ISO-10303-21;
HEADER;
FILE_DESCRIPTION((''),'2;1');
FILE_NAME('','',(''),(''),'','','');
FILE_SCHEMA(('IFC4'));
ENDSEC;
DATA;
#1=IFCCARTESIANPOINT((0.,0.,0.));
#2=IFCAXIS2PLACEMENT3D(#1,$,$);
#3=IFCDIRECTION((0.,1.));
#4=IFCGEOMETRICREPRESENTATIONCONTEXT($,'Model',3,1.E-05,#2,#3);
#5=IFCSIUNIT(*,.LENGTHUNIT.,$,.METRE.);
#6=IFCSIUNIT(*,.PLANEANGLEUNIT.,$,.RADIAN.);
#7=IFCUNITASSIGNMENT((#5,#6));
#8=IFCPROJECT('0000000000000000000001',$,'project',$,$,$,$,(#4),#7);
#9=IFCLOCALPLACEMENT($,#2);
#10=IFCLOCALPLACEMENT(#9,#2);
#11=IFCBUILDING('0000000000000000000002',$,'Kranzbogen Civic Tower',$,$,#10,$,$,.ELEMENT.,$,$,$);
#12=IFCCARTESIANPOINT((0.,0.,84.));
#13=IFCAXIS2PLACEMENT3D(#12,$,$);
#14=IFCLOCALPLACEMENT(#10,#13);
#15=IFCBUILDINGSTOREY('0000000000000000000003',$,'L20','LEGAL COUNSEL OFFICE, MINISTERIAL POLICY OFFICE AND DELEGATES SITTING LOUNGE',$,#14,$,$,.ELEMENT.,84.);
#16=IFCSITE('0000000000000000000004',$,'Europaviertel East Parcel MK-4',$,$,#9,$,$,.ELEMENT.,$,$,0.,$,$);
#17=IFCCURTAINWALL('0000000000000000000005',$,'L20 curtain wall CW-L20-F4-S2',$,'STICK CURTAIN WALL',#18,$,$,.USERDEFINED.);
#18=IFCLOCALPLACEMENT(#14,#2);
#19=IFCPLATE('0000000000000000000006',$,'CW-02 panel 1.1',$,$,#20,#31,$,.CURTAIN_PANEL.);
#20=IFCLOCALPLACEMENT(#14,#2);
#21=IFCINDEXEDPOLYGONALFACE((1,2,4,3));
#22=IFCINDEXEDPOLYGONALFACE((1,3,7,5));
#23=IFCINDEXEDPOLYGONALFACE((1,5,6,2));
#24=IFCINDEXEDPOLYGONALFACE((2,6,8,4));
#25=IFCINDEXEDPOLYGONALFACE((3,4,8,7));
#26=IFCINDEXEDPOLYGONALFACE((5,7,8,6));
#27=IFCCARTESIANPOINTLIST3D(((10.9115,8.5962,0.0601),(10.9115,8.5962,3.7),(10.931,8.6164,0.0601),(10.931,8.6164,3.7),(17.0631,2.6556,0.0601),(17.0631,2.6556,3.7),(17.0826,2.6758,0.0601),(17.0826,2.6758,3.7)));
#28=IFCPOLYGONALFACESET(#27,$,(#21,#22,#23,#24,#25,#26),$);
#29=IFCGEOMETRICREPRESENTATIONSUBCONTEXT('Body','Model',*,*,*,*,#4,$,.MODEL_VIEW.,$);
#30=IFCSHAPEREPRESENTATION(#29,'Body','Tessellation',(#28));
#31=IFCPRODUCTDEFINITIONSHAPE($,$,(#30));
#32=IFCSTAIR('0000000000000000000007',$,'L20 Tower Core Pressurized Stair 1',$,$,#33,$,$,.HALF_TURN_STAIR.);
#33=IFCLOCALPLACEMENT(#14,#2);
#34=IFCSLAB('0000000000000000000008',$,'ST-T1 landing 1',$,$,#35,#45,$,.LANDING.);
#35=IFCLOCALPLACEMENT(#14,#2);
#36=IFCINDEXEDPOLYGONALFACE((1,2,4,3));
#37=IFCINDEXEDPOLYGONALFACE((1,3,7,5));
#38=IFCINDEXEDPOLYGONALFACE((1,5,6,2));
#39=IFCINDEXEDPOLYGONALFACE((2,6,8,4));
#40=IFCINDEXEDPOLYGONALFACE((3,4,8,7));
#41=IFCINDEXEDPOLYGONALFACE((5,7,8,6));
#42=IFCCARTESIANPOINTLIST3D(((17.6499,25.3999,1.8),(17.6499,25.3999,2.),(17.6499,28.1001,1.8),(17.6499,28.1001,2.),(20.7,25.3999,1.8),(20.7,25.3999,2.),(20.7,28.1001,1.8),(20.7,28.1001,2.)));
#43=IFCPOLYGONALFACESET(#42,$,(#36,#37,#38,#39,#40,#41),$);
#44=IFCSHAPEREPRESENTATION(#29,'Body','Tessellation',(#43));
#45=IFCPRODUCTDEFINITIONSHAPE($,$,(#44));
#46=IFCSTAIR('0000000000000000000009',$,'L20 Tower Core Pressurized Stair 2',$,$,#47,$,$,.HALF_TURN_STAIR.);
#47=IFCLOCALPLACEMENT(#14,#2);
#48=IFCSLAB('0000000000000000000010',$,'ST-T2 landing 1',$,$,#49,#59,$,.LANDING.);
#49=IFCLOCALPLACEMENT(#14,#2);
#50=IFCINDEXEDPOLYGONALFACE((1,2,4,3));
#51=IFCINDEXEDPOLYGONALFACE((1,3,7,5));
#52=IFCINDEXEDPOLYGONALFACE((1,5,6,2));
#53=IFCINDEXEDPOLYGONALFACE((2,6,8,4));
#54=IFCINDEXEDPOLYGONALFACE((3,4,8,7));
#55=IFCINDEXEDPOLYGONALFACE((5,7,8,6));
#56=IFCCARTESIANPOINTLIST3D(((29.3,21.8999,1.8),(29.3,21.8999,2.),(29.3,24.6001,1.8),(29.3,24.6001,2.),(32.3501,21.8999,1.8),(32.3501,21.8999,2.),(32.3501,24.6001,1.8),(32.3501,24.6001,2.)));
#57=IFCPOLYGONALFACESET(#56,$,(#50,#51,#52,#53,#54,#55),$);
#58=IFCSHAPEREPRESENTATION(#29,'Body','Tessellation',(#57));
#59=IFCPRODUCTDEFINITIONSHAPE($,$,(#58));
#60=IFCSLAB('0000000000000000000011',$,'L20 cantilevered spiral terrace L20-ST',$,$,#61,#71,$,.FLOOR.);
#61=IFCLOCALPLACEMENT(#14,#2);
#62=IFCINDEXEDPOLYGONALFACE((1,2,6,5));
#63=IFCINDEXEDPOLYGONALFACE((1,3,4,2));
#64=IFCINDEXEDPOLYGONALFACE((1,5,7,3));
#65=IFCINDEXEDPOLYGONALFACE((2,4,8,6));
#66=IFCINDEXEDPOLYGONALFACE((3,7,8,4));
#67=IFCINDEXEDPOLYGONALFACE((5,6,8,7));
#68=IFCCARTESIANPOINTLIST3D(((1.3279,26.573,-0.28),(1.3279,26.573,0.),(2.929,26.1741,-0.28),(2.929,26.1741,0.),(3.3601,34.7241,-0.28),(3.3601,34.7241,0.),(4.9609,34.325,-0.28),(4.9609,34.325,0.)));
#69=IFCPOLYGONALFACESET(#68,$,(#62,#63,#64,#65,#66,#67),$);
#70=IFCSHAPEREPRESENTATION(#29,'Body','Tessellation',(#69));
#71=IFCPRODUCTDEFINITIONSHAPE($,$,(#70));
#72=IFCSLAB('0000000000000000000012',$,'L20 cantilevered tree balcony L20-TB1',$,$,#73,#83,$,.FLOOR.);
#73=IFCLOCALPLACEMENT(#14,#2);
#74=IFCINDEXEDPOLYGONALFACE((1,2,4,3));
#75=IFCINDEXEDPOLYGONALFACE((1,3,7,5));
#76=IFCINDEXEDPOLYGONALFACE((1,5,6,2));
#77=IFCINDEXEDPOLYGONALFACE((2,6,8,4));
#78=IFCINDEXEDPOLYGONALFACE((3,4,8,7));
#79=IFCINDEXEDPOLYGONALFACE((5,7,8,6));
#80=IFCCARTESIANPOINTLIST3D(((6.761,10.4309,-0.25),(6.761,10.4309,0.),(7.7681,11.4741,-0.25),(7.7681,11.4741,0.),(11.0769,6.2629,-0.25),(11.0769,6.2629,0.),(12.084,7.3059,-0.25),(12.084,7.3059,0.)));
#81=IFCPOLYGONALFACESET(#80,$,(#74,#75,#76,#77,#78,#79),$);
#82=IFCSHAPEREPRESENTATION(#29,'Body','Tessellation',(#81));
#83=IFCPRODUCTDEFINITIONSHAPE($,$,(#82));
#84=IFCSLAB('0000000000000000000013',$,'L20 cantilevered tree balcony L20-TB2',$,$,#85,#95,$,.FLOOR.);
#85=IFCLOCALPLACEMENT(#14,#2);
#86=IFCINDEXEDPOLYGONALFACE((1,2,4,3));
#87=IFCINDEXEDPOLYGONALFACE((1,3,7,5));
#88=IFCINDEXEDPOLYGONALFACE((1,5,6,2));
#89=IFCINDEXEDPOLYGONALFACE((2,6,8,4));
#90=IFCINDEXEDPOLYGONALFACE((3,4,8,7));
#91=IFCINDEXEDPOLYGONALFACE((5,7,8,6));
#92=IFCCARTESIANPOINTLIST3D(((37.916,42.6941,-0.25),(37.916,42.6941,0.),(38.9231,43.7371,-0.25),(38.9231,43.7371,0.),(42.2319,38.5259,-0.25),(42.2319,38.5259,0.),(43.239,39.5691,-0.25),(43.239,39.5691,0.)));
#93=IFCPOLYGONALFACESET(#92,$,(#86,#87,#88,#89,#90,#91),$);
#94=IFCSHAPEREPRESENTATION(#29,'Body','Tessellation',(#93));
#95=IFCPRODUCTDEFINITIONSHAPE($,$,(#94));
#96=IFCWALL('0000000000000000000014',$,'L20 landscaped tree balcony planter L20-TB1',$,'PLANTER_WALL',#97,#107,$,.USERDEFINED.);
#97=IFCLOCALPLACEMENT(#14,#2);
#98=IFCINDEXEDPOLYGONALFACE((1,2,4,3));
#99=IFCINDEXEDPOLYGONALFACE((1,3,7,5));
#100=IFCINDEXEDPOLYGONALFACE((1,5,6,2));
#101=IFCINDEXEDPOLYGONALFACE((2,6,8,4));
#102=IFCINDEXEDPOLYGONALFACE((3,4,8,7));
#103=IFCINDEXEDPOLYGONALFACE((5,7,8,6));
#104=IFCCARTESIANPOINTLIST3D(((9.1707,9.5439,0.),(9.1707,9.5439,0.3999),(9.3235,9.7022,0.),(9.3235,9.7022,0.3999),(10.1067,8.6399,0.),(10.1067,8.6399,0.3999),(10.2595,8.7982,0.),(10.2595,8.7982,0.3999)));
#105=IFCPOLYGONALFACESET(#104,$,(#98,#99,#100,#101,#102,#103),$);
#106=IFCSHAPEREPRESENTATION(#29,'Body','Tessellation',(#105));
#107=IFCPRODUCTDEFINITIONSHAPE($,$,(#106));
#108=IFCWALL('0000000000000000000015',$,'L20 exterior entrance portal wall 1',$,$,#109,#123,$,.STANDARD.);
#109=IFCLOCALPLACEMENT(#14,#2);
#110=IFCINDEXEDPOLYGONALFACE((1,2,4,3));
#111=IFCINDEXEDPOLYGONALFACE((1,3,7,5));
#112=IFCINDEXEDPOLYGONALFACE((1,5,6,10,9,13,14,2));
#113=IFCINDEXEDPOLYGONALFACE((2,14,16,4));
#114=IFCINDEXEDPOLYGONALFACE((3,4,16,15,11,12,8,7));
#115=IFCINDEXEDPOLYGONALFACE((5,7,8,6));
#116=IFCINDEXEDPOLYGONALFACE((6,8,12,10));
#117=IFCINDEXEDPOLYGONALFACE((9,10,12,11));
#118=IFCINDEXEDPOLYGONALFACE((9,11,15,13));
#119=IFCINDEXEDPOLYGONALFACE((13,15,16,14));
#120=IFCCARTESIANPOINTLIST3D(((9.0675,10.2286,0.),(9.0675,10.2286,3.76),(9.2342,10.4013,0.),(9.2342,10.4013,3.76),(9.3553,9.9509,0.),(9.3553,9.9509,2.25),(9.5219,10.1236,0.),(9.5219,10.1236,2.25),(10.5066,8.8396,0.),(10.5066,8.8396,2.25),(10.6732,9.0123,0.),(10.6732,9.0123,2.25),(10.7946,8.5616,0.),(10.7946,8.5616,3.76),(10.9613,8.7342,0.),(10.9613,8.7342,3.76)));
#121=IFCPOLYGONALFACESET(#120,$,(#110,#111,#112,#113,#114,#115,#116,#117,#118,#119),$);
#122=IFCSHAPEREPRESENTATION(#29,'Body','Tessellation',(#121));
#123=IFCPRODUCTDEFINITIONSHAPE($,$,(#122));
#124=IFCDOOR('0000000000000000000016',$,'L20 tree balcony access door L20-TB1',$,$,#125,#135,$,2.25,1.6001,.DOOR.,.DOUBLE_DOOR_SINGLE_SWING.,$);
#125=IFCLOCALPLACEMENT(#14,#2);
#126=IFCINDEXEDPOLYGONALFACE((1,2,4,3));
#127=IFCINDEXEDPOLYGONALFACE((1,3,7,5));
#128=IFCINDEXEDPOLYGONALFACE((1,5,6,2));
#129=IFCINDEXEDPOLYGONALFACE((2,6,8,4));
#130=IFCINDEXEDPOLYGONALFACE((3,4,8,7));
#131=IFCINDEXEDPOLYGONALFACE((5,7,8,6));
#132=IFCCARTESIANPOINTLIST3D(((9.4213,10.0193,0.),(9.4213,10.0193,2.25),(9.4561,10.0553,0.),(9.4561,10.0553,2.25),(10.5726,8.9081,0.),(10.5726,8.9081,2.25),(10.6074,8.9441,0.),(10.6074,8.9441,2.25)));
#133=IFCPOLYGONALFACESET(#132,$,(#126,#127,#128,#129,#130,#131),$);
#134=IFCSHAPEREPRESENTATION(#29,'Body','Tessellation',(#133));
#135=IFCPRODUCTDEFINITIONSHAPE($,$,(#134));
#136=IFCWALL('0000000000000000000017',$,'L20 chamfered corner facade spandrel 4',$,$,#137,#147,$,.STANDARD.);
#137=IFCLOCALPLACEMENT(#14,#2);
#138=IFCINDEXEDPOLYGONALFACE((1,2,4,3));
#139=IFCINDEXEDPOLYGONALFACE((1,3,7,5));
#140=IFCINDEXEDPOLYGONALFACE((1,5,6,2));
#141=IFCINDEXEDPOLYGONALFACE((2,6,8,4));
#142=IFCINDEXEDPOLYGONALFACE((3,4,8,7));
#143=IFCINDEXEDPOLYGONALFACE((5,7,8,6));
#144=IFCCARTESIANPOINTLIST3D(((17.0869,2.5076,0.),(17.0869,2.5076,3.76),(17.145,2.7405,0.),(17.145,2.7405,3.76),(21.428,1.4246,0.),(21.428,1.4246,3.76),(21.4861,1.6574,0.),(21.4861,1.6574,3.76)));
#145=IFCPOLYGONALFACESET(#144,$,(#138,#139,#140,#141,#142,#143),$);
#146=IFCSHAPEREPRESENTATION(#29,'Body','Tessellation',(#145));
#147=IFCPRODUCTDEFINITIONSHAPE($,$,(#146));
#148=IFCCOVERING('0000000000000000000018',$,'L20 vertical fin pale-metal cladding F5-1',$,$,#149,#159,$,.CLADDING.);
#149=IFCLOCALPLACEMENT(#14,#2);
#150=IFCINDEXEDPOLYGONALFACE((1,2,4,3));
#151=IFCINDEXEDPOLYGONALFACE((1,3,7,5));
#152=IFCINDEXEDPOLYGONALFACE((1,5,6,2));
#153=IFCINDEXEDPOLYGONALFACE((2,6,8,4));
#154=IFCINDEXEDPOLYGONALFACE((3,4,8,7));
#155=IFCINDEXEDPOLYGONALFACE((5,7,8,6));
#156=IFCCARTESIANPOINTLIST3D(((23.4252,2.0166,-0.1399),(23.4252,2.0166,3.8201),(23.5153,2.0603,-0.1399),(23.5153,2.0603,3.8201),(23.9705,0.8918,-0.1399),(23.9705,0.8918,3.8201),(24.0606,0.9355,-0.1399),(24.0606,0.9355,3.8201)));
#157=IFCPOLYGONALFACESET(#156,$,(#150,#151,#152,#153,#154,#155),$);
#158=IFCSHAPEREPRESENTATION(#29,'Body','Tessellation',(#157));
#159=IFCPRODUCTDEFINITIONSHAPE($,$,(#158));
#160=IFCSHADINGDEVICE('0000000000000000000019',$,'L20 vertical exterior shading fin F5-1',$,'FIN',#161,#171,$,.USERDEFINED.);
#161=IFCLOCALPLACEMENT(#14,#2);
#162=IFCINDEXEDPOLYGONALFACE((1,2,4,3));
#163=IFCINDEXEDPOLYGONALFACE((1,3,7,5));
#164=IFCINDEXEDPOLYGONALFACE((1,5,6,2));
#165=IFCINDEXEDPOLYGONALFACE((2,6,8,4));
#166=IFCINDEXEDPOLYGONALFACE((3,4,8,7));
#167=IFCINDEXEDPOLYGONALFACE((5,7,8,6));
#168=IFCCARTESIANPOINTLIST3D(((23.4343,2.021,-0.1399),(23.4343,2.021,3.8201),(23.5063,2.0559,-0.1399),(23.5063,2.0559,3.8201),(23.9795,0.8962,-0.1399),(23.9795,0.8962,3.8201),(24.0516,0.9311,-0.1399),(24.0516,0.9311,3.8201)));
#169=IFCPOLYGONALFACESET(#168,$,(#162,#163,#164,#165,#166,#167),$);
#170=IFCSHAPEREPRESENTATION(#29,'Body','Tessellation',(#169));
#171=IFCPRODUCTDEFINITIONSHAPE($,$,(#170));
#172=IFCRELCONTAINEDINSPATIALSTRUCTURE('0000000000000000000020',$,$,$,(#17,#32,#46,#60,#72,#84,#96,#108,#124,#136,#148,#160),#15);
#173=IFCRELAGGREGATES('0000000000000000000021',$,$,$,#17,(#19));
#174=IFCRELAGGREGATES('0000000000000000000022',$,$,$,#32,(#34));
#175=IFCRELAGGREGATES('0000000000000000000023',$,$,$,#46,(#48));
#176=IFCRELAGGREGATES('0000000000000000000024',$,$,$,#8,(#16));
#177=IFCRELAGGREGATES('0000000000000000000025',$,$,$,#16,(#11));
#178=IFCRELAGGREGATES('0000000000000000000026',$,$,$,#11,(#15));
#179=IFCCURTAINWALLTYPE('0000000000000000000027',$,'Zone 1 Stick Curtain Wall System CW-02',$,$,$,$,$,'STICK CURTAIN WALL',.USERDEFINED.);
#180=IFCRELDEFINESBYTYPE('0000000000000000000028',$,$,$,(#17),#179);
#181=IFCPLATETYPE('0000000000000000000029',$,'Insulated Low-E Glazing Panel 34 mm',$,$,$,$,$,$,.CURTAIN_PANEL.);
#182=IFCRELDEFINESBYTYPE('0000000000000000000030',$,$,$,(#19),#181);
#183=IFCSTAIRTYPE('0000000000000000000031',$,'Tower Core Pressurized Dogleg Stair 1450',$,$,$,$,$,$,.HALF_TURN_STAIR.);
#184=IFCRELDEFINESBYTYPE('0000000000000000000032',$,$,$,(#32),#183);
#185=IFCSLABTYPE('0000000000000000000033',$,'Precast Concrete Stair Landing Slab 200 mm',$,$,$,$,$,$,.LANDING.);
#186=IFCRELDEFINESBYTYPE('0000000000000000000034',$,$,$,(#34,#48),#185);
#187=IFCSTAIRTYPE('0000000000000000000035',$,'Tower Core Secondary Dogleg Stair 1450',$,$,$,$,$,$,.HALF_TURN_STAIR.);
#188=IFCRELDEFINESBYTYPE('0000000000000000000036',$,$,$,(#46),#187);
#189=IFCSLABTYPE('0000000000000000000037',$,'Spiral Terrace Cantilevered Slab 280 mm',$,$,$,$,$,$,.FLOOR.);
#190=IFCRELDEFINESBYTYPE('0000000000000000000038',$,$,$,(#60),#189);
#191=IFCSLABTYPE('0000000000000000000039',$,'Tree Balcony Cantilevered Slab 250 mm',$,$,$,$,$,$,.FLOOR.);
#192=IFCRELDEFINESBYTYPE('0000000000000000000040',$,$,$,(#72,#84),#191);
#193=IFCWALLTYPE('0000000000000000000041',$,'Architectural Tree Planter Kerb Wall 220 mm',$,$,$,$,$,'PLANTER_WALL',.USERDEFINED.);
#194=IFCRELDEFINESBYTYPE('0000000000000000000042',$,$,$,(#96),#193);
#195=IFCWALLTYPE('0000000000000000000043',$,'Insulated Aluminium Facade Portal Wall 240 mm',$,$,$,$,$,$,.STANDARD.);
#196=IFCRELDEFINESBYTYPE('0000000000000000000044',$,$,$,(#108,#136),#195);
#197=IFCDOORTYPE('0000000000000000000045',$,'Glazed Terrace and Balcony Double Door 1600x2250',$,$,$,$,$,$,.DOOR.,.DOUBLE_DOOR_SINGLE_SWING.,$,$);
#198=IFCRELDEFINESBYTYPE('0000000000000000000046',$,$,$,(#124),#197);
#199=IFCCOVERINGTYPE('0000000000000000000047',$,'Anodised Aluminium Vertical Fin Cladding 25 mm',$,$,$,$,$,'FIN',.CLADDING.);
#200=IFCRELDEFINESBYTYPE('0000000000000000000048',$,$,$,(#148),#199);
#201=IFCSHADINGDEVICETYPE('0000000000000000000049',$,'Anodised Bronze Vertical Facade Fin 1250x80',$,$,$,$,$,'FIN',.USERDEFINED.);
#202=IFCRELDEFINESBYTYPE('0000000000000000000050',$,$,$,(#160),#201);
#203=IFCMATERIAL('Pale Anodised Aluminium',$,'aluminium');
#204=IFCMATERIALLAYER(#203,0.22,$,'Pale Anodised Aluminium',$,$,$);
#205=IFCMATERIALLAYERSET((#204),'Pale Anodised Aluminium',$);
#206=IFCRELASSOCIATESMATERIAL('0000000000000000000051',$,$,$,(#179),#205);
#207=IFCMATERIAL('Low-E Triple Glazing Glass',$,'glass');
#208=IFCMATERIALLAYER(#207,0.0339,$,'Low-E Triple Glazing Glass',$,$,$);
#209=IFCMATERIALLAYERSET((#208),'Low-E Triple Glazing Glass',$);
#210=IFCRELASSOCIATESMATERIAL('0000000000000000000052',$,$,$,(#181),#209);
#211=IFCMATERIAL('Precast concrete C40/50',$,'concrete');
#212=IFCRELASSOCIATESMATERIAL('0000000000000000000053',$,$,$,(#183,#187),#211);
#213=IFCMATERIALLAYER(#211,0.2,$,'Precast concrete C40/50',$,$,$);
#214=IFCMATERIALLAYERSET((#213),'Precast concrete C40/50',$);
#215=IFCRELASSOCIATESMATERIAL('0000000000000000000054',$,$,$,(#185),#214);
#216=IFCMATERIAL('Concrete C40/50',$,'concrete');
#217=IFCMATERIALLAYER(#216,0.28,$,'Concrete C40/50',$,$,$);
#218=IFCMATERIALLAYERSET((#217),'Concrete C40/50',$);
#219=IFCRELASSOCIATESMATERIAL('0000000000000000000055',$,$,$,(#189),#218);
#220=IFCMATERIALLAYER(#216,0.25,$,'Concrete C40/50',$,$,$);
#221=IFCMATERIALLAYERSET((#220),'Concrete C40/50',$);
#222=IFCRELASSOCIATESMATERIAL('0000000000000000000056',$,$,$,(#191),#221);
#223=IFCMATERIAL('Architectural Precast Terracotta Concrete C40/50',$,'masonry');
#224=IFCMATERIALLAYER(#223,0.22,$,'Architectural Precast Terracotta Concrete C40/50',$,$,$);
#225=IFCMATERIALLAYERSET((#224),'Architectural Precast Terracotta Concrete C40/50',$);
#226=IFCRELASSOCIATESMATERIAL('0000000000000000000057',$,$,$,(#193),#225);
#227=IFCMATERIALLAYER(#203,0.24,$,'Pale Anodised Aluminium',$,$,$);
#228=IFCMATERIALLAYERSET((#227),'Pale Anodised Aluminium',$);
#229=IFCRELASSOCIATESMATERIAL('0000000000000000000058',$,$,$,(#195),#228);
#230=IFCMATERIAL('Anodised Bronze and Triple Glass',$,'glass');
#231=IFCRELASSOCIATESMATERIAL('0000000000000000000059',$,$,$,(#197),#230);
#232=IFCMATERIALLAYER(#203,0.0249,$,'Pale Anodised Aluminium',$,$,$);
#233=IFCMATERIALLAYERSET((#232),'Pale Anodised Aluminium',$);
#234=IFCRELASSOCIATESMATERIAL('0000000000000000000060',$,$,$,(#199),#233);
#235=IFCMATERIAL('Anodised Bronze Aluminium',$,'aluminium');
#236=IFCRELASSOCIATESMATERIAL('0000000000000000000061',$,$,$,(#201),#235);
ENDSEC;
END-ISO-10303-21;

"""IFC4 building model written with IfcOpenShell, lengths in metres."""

from ifc_helpers import new_model, si_unit, direction, frame, frame_2d, origin, origin_2d, place, context, subcontext, project, spatial, polyline, rectangle, outline, extrude, material, layer, layer_set, type_object, element, fill, aggregate, save


model = new_model("IFC4")

# Units and contexts
model_context = context("Model", 3, precision=1e-05, world=origin(), true_north=direction((0.0, 1.0)))
body_context = subcontext(model_context, "Body", "Model", "MODEL_VIEW")
ifc_project = project(units=[si_unit("LENGTHUNIT", "METRE"), si_unit("PLANEANGLEUNIT", "RADIAN")], contexts=[model_context])

# Site, building, storey
site_placement = place(None, origin())
site = spatial("IfcSite", under=ifc_project, at=site_placement, Name="Europaviertel East Parcel MK-4", CompositionType="ELEMENT", RefElevation=0.0)
building_placement = place(site_placement, origin())
building = spatial("IfcBuilding", under=site, at=building_placement, Name="Kranzbogen Civic Tower", CompositionType="ELEMENT")
storey_placement = place(building_placement, frame((0.0, 0.0, 84.0)))
storey = spatial("IfcBuildingStorey", under=building, at=storey_placement, Name="L20", Description="LEGAL COUNSEL OFFICE, MINISTERIAL POLICY OFFICE AND DELEGATES SITTING LOUNGE", CompositionType="ELEMENT", Elevation=84.0)

# Shared definitions
ifc_material_1 = material(Name="Pale Anodised Aluminium", Category="aluminium")
ifc_layer_1 = layer(ifc_material_1, 0.22, Name="Pale Anodised Aluminium")
ifc_layer_set_1 = layer_set([ifc_layer_1], Name="Pale Anodised Aluminium")
curtain_wall_type = type_object("IfcCurtainWallType", Name="Zone 1 Stick Curtain Wall System CW-02", ElementType="STICK CURTAIN WALL", PredefinedType="USERDEFINED", material=ifc_layer_set_1)

# Curtain wall
curtain_wall_1_placement = place(storey_placement, origin())
curtain_wall_1 = element("IfcCurtainWall", 1, at=curtain_wall_1_placement, inside=storey, type_object=curtain_wall_type, Name="L20 curtain wall CW-L20-F4-S2", ObjectType="STICK CURTAIN WALL", PredefinedType="USERDEFINED")

# Shared definitions
ifc_material_2 = material(Name="Concrete C40/50", Category="concrete")

# Plate
ifc_material_3 = material(Name="Low-E Triple Glazing Glass", Category="glass")
ifc_layer_2 = layer(ifc_material_3, 0.0339, Name="Low-E Triple Glazing Glass")
ifc_layer_set_2 = layer_set([ifc_layer_2], Name="Low-E Triple Glazing Glass")
plate_type = type_object("IfcPlateType", Name="Insulated Low-E Glazing Panel 34 mm", PredefinedType="CURTAIN_PANEL", material=ifc_layer_set_2)
plate_placement = place(storey_placement, frame((13.9971, 5.636, 0.0601), z_axis=(0.0, 0.0, 1.0), x_axis=(0.719338, -0.69466, 0.0)))
plate = element("IfcPlate", 2, at=plate_placement, type_object=plate_type, Name="CW-02 panel 1.1", PredefinedType="CURTAIN_PANEL", context=body_context, shape_type="SweptSolid", body=[
    extrude(rectangle(XDim=8.5518, YDim=0.0281, at=origin_2d()), origin(), (0.0, 0.0, 1.0), 3.6399),
])
aggregate(curtain_wall_1, [plate])

# Stairs, slabs
ifc_material_4 = material(Name="Precast concrete C40/50", Category="concrete")
stair_type_1 = type_object("IfcStairType", Name="Tower Core Pressurized Dogleg Stair 1450", PredefinedType="HALF_TURN_STAIR", material=ifc_material_4)
stair_1_placement = place(storey_placement, origin())
stair_1 = element("IfcStair", 3, at=stair_1_placement, inside=storey, type_object=stair_type_1, Name="L20 Tower Core Pressurized Stair 1", PredefinedType="HALF_TURN_STAIR")
ifc_layer_3 = layer(ifc_material_4, 0.2, Name="Precast concrete C40/50")
ifc_layer_set_3 = layer_set([ifc_layer_3], Name="Precast concrete C40/50")
slab_type_1 = type_object("IfcSlabType", Name="Precast Concrete Stair Landing Slab 200 mm", PredefinedType="LANDING", material=ifc_layer_set_3)
slab_1_placement = place(storey_placement, frame((0.0, 0.0, 1.8)))
slab_1 = element("IfcSlab", 4, at=slab_1_placement, type_object=slab_type_1, Name="ST-T1 landing 1", PredefinedType="LANDING", context=body_context, shape_type="SweptSolid", body=[
    extrude(outline(polyline([(20.7, 25.3999), (20.7, 28.1001), (17.6499, 28.1001), (17.6499, 25.3999), (20.7, 25.3999)])), origin(), (0.0, 0.0, 1.0), 0.2),
])
aggregate(stair_1, [slab_1])
stair_type_2 = type_object("IfcStairType", Name="Tower Core Secondary Dogleg Stair 1450", PredefinedType="HALF_TURN_STAIR", material=ifc_material_4)
stair_2_placement = place(storey_placement, origin())
stair_2 = element("IfcStair", 5, at=stair_2_placement, inside=storey, type_object=stair_type_2, Name="L20 Tower Core Pressurized Stair 2", PredefinedType="HALF_TURN_STAIR")
slab_2_placement = place(storey_placement, frame((0.0, 0.0, 1.8)))
slab_2 = element("IfcSlab", 6, at=slab_2_placement, type_object=slab_type_1, Name="ST-T2 landing 1", PredefinedType="LANDING", context=body_context, shape_type="SweptSolid", body=[
    extrude(outline(polyline([(29.3, 24.6001), (29.3, 21.8999), (32.3501, 21.8999), (32.3501, 24.6001), (29.3, 24.6001)])), origin(), (0.0, 0.0, 1.0), 0.2),
])
aggregate(stair_2, [slab_2])

# Slabs
ifc_layer_4 = layer(ifc_material_2, 0.28, Name="Concrete C40/50")
ifc_layer_set_4 = layer_set([ifc_layer_4], Name="Concrete C40/50")
slab_type_2 = type_object("IfcSlabType", Name="Spiral Terrace Cantilevered Slab 280 mm", PredefinedType="FLOOR", material=ifc_layer_set_4)
slab_3_placement = place(storey_placement, frame((0.0, 0.0, -0.28)))
element("IfcSlab", 7, at=slab_3_placement, inside=storey, type_object=slab_type_2, Name="L20 cantilevered spiral terrace L20-ST", PredefinedType="FLOOR", context=body_context, shape_type="SweptSolid", body=[
    extrude(outline(polyline([(4.9609, 34.325), (2.929, 26.1741), (1.3279, 26.573), (3.3601, 34.7241), (4.9609, 34.325)])), origin(), (0.0, 0.0, 1.0), 0.28),
])
ifc_layer_5 = layer(ifc_material_2, 0.25, Name="Concrete C40/50")
ifc_layer_set_5 = layer_set([ifc_layer_5], Name="Concrete C40/50")
slab_type_3 = type_object("IfcSlabType", Name="Tree Balcony Cantilevered Slab 250 mm", PredefinedType="FLOOR", material=ifc_layer_set_5)
slab_4_placement = place(storey_placement, frame((0.0, 0.0, -0.25)))
element("IfcSlab", 8, at=slab_4_placement, inside=storey, type_object=slab_type_3, Name="L20 cantilevered tree balcony L20-TB1", PredefinedType="FLOOR", context=body_context, shape_type="SweptSolid", body=[
    extrude(outline(polyline([(7.7681, 11.4741), (12.084, 7.3059), (11.0769, 6.2629), (6.761, 10.4309), (7.7681, 11.4741)])), origin(), (0.0, 0.0, 1.0), 0.25),
])
slab_5_placement = place(storey_placement, frame((0.0, 0.0, -0.25)))
element("IfcSlab", 9, at=slab_5_placement, inside=storey, type_object=slab_type_3, Name="L20 cantilevered tree balcony L20-TB2", PredefinedType="FLOOR", context=body_context, shape_type="SweptSolid", body=[
    extrude(outline(polyline([(42.2319, 38.5259), (37.916, 42.6941), (38.9231, 43.7371), (43.239, 39.5691), (42.2319, 38.5259)])), origin(), (0.0, 0.0, 1.0), 0.25),
])

# Wall
ifc_material_5 = material(Name="Architectural Precast Terracotta Concrete C40/50", Category="masonry")
ifc_layer_6 = layer(ifc_material_5, 0.22, Name="Architectural Precast Terracotta Concrete C40/50")
ifc_layer_set_6 = layer_set([ifc_layer_6], Name="Architectural Precast Terracotta Concrete C40/50")
wall_type_1 = type_object("IfcWallType", Name="Architectural Tree Planter Kerb Wall 220 mm", ElementType="PLANTER_WALL", PredefinedType="USERDEFINED", material=ifc_layer_set_6)
wall_1_placement = place(storey_placement, frame((9.2471, 9.623, 0.0), z_axis=(0.0, 0.0, 1.0), x_axis=(0.719288, -0.694712, 0.0)))
element("IfcWall", 10, at=wall_1_placement, inside=storey, type_object=wall_type_1, Name="L20 landscaped tree balcony planter L20-TB1", ObjectType="PLANTER_WALL", PredefinedType="USERDEFINED", context=body_context, shape_type="SweptSolid", body=[
    extrude(rectangle(XDim=1.3013, YDim=0.22, at=frame_2d((0.6506, 0.0))), origin(), (0.0, 0.0, 1.0), 0.3999),
])

# Wall, opening, door
ifc_layer_7 = layer(ifc_material_1, 0.24, Name="Pale Anodised Aluminium")
ifc_layer_set_7 = layer_set([ifc_layer_7], Name="Pale Anodised Aluminium")
wall_type_2 = type_object("IfcWallType", Name="Insulated Aluminium Facade Portal Wall 240 mm", PredefinedType="STANDARD", material=ifc_layer_set_7)
wall_2_placement = place(storey_placement, frame((9.1509, 10.3149, 0.0), z_axis=(0.0, 0.0, 1.0), x_axis=(0.719507, -0.694486, 0.0)))
wall_2 = element("IfcWall", 11, at=wall_2_placement, inside=storey, type_object=wall_type_2, Name="L20 exterior entrance portal wall 1", PredefinedType="STANDARD", context=body_context, shape_type="SweptSolid", body=[
    extrude(rectangle(XDim=2.4004, YDim=0.24, at=frame_2d((1.2002, 0.0))), origin(), (0.0, 0.0, 1.0), 3.76),
])
opening_placement = place(wall_2_placement, frame((0.3999, 0.0, 0.0)))
opening = element("IfcOpeningElement", 12, at=opening_placement, cuts=wall_2, PredefinedType="OPENING", context=body_context, shape_type="SweptSolid", body=[
    extrude(rectangle(XDim=1.6001, YDim=2.25, at=frame_2d((0.8, 1.125))), frame((0.0, 0.1299, 0.0), z_axis=(0.0, -1.0, 0.0), x_axis=(1.0, 0.0, 0.0)), (0.0, 0.0, 1.0), 0.26),
])
ifc_material_6 = material(Name="Anodised Bronze and Triple Glass", Category="glass")
door_type = type_object("IfcDoorType", Name="Glazed Terrace and Balcony Double Door 1600x2250", OperationType="DOUBLE_DOOR_SINGLE_SWING", PredefinedType="DOOR", material=ifc_material_6)
door_placement = place(opening_placement, frame((1.6001, 0.0, 0.0), z_axis=(0.0, 0.0, 1.0), x_axis=(-1.0, 0.0, 0.0)))
door = element("IfcDoor", 13, at=door_placement, inside=storey, type_object=door_type, Name="L20 tree balcony access door L20-TB1", OperationType="DOUBLE_DOOR_SINGLE_SWING", OverallHeight=2.25, OverallWidth=1.6001, PredefinedType="DOOR", context=body_context, shape_type="SweptSolid", body=[
    extrude(rectangle(XDim=1.6001, YDim=2.25, at=frame_2d((0.8, 1.125))), frame((0.0, 0.0249, 0.0), z_axis=(0.0, -1.0, 0.0), x_axis=(1.0, 0.0, 0.0)), (0.0, 0.0, 1.0), 0.05),
])
fill(opening, door)

# Wall
wall_3_placement = place(storey_placement, frame((17.116, 2.624, 0.0), z_axis=(0.0, 0.0, 1.0), x_axis=(0.970261, -0.242061, 0.0)))
element("IfcWall", 14, at=wall_3_placement, inside=storey, type_object=wall_type_2, Name="L20 chamfered corner facade spandrel 4", PredefinedType="STANDARD", context=body_context, shape_type="SweptSolid", body=[
    extrude(rectangle(XDim=4.4741, YDim=0.24, at=frame_2d((2.2371, 0.0))), origin(), (0.0, 0.0, 1.0), 3.76),
])

# Covering
ifc_layer_8 = layer(ifc_material_1, 0.0249, Name="Pale Anodised Aluminium")
ifc_layer_set_8 = layer_set([ifc_layer_8], Name="Pale Anodised Aluminium")
covering_type_1 = type_object("IfcCoveringType", Name="Anodised Aluminium Vertical Fin Cladding 25 mm", ElementType="FIN", PredefinedType="CLADDING", material=ifc_layer_set_8)
covering_1_placement = place(storey_placement, frame((23.7429, 1.4761, -0.1399), z_axis=(0.0, 0.0, 1.0), x_axis=(0.436221, -0.89984, 0.0)))
element("IfcCovering", 15, at=covering_1_placement, inside=storey, type_object=covering_type_1, Name="L20 vertical fin pale-metal cladding F5-1", PredefinedType="CLADDING", context=body_context, shape_type="SweptSolid", body=[
    extrude(rectangle(XDim=1.25, YDim=0.1001, at=origin_2d()), origin(), (0.0, 0.0, 1.0), 3.96),
])

# Shading device
ifc_material_7 = material(Name="Anodised Bronze Aluminium", Category="aluminium")
shading_device_type = type_object("IfcShadingDeviceType", Name="Anodised Bronze Vertical Facade Fin 1250x80", ElementType="FIN", PredefinedType="USERDEFINED", material=ifc_material_7)
shading_device_placement = place(storey_placement, frame((23.7429, 1.4761, -0.1399), z_axis=(0.0, 0.0, 1.0), x_axis=(0.436221, -0.89984, 0.0)))
element("IfcShadingDevice", 16, at=shading_device_placement, inside=storey, type_object=shading_device_type, Name="L20 vertical exterior shading fin F5-1", ObjectType="FIN", PredefinedType="USERDEFINED", context=body_context, shape_type="SweptSolid", body=[
    extrude(rectangle(XDim=1.25, YDim=0.0801, at=origin_2d()), origin(), (0.0, 0.0, 1.0), 3.96),
])

save(model, "model.ifc")
